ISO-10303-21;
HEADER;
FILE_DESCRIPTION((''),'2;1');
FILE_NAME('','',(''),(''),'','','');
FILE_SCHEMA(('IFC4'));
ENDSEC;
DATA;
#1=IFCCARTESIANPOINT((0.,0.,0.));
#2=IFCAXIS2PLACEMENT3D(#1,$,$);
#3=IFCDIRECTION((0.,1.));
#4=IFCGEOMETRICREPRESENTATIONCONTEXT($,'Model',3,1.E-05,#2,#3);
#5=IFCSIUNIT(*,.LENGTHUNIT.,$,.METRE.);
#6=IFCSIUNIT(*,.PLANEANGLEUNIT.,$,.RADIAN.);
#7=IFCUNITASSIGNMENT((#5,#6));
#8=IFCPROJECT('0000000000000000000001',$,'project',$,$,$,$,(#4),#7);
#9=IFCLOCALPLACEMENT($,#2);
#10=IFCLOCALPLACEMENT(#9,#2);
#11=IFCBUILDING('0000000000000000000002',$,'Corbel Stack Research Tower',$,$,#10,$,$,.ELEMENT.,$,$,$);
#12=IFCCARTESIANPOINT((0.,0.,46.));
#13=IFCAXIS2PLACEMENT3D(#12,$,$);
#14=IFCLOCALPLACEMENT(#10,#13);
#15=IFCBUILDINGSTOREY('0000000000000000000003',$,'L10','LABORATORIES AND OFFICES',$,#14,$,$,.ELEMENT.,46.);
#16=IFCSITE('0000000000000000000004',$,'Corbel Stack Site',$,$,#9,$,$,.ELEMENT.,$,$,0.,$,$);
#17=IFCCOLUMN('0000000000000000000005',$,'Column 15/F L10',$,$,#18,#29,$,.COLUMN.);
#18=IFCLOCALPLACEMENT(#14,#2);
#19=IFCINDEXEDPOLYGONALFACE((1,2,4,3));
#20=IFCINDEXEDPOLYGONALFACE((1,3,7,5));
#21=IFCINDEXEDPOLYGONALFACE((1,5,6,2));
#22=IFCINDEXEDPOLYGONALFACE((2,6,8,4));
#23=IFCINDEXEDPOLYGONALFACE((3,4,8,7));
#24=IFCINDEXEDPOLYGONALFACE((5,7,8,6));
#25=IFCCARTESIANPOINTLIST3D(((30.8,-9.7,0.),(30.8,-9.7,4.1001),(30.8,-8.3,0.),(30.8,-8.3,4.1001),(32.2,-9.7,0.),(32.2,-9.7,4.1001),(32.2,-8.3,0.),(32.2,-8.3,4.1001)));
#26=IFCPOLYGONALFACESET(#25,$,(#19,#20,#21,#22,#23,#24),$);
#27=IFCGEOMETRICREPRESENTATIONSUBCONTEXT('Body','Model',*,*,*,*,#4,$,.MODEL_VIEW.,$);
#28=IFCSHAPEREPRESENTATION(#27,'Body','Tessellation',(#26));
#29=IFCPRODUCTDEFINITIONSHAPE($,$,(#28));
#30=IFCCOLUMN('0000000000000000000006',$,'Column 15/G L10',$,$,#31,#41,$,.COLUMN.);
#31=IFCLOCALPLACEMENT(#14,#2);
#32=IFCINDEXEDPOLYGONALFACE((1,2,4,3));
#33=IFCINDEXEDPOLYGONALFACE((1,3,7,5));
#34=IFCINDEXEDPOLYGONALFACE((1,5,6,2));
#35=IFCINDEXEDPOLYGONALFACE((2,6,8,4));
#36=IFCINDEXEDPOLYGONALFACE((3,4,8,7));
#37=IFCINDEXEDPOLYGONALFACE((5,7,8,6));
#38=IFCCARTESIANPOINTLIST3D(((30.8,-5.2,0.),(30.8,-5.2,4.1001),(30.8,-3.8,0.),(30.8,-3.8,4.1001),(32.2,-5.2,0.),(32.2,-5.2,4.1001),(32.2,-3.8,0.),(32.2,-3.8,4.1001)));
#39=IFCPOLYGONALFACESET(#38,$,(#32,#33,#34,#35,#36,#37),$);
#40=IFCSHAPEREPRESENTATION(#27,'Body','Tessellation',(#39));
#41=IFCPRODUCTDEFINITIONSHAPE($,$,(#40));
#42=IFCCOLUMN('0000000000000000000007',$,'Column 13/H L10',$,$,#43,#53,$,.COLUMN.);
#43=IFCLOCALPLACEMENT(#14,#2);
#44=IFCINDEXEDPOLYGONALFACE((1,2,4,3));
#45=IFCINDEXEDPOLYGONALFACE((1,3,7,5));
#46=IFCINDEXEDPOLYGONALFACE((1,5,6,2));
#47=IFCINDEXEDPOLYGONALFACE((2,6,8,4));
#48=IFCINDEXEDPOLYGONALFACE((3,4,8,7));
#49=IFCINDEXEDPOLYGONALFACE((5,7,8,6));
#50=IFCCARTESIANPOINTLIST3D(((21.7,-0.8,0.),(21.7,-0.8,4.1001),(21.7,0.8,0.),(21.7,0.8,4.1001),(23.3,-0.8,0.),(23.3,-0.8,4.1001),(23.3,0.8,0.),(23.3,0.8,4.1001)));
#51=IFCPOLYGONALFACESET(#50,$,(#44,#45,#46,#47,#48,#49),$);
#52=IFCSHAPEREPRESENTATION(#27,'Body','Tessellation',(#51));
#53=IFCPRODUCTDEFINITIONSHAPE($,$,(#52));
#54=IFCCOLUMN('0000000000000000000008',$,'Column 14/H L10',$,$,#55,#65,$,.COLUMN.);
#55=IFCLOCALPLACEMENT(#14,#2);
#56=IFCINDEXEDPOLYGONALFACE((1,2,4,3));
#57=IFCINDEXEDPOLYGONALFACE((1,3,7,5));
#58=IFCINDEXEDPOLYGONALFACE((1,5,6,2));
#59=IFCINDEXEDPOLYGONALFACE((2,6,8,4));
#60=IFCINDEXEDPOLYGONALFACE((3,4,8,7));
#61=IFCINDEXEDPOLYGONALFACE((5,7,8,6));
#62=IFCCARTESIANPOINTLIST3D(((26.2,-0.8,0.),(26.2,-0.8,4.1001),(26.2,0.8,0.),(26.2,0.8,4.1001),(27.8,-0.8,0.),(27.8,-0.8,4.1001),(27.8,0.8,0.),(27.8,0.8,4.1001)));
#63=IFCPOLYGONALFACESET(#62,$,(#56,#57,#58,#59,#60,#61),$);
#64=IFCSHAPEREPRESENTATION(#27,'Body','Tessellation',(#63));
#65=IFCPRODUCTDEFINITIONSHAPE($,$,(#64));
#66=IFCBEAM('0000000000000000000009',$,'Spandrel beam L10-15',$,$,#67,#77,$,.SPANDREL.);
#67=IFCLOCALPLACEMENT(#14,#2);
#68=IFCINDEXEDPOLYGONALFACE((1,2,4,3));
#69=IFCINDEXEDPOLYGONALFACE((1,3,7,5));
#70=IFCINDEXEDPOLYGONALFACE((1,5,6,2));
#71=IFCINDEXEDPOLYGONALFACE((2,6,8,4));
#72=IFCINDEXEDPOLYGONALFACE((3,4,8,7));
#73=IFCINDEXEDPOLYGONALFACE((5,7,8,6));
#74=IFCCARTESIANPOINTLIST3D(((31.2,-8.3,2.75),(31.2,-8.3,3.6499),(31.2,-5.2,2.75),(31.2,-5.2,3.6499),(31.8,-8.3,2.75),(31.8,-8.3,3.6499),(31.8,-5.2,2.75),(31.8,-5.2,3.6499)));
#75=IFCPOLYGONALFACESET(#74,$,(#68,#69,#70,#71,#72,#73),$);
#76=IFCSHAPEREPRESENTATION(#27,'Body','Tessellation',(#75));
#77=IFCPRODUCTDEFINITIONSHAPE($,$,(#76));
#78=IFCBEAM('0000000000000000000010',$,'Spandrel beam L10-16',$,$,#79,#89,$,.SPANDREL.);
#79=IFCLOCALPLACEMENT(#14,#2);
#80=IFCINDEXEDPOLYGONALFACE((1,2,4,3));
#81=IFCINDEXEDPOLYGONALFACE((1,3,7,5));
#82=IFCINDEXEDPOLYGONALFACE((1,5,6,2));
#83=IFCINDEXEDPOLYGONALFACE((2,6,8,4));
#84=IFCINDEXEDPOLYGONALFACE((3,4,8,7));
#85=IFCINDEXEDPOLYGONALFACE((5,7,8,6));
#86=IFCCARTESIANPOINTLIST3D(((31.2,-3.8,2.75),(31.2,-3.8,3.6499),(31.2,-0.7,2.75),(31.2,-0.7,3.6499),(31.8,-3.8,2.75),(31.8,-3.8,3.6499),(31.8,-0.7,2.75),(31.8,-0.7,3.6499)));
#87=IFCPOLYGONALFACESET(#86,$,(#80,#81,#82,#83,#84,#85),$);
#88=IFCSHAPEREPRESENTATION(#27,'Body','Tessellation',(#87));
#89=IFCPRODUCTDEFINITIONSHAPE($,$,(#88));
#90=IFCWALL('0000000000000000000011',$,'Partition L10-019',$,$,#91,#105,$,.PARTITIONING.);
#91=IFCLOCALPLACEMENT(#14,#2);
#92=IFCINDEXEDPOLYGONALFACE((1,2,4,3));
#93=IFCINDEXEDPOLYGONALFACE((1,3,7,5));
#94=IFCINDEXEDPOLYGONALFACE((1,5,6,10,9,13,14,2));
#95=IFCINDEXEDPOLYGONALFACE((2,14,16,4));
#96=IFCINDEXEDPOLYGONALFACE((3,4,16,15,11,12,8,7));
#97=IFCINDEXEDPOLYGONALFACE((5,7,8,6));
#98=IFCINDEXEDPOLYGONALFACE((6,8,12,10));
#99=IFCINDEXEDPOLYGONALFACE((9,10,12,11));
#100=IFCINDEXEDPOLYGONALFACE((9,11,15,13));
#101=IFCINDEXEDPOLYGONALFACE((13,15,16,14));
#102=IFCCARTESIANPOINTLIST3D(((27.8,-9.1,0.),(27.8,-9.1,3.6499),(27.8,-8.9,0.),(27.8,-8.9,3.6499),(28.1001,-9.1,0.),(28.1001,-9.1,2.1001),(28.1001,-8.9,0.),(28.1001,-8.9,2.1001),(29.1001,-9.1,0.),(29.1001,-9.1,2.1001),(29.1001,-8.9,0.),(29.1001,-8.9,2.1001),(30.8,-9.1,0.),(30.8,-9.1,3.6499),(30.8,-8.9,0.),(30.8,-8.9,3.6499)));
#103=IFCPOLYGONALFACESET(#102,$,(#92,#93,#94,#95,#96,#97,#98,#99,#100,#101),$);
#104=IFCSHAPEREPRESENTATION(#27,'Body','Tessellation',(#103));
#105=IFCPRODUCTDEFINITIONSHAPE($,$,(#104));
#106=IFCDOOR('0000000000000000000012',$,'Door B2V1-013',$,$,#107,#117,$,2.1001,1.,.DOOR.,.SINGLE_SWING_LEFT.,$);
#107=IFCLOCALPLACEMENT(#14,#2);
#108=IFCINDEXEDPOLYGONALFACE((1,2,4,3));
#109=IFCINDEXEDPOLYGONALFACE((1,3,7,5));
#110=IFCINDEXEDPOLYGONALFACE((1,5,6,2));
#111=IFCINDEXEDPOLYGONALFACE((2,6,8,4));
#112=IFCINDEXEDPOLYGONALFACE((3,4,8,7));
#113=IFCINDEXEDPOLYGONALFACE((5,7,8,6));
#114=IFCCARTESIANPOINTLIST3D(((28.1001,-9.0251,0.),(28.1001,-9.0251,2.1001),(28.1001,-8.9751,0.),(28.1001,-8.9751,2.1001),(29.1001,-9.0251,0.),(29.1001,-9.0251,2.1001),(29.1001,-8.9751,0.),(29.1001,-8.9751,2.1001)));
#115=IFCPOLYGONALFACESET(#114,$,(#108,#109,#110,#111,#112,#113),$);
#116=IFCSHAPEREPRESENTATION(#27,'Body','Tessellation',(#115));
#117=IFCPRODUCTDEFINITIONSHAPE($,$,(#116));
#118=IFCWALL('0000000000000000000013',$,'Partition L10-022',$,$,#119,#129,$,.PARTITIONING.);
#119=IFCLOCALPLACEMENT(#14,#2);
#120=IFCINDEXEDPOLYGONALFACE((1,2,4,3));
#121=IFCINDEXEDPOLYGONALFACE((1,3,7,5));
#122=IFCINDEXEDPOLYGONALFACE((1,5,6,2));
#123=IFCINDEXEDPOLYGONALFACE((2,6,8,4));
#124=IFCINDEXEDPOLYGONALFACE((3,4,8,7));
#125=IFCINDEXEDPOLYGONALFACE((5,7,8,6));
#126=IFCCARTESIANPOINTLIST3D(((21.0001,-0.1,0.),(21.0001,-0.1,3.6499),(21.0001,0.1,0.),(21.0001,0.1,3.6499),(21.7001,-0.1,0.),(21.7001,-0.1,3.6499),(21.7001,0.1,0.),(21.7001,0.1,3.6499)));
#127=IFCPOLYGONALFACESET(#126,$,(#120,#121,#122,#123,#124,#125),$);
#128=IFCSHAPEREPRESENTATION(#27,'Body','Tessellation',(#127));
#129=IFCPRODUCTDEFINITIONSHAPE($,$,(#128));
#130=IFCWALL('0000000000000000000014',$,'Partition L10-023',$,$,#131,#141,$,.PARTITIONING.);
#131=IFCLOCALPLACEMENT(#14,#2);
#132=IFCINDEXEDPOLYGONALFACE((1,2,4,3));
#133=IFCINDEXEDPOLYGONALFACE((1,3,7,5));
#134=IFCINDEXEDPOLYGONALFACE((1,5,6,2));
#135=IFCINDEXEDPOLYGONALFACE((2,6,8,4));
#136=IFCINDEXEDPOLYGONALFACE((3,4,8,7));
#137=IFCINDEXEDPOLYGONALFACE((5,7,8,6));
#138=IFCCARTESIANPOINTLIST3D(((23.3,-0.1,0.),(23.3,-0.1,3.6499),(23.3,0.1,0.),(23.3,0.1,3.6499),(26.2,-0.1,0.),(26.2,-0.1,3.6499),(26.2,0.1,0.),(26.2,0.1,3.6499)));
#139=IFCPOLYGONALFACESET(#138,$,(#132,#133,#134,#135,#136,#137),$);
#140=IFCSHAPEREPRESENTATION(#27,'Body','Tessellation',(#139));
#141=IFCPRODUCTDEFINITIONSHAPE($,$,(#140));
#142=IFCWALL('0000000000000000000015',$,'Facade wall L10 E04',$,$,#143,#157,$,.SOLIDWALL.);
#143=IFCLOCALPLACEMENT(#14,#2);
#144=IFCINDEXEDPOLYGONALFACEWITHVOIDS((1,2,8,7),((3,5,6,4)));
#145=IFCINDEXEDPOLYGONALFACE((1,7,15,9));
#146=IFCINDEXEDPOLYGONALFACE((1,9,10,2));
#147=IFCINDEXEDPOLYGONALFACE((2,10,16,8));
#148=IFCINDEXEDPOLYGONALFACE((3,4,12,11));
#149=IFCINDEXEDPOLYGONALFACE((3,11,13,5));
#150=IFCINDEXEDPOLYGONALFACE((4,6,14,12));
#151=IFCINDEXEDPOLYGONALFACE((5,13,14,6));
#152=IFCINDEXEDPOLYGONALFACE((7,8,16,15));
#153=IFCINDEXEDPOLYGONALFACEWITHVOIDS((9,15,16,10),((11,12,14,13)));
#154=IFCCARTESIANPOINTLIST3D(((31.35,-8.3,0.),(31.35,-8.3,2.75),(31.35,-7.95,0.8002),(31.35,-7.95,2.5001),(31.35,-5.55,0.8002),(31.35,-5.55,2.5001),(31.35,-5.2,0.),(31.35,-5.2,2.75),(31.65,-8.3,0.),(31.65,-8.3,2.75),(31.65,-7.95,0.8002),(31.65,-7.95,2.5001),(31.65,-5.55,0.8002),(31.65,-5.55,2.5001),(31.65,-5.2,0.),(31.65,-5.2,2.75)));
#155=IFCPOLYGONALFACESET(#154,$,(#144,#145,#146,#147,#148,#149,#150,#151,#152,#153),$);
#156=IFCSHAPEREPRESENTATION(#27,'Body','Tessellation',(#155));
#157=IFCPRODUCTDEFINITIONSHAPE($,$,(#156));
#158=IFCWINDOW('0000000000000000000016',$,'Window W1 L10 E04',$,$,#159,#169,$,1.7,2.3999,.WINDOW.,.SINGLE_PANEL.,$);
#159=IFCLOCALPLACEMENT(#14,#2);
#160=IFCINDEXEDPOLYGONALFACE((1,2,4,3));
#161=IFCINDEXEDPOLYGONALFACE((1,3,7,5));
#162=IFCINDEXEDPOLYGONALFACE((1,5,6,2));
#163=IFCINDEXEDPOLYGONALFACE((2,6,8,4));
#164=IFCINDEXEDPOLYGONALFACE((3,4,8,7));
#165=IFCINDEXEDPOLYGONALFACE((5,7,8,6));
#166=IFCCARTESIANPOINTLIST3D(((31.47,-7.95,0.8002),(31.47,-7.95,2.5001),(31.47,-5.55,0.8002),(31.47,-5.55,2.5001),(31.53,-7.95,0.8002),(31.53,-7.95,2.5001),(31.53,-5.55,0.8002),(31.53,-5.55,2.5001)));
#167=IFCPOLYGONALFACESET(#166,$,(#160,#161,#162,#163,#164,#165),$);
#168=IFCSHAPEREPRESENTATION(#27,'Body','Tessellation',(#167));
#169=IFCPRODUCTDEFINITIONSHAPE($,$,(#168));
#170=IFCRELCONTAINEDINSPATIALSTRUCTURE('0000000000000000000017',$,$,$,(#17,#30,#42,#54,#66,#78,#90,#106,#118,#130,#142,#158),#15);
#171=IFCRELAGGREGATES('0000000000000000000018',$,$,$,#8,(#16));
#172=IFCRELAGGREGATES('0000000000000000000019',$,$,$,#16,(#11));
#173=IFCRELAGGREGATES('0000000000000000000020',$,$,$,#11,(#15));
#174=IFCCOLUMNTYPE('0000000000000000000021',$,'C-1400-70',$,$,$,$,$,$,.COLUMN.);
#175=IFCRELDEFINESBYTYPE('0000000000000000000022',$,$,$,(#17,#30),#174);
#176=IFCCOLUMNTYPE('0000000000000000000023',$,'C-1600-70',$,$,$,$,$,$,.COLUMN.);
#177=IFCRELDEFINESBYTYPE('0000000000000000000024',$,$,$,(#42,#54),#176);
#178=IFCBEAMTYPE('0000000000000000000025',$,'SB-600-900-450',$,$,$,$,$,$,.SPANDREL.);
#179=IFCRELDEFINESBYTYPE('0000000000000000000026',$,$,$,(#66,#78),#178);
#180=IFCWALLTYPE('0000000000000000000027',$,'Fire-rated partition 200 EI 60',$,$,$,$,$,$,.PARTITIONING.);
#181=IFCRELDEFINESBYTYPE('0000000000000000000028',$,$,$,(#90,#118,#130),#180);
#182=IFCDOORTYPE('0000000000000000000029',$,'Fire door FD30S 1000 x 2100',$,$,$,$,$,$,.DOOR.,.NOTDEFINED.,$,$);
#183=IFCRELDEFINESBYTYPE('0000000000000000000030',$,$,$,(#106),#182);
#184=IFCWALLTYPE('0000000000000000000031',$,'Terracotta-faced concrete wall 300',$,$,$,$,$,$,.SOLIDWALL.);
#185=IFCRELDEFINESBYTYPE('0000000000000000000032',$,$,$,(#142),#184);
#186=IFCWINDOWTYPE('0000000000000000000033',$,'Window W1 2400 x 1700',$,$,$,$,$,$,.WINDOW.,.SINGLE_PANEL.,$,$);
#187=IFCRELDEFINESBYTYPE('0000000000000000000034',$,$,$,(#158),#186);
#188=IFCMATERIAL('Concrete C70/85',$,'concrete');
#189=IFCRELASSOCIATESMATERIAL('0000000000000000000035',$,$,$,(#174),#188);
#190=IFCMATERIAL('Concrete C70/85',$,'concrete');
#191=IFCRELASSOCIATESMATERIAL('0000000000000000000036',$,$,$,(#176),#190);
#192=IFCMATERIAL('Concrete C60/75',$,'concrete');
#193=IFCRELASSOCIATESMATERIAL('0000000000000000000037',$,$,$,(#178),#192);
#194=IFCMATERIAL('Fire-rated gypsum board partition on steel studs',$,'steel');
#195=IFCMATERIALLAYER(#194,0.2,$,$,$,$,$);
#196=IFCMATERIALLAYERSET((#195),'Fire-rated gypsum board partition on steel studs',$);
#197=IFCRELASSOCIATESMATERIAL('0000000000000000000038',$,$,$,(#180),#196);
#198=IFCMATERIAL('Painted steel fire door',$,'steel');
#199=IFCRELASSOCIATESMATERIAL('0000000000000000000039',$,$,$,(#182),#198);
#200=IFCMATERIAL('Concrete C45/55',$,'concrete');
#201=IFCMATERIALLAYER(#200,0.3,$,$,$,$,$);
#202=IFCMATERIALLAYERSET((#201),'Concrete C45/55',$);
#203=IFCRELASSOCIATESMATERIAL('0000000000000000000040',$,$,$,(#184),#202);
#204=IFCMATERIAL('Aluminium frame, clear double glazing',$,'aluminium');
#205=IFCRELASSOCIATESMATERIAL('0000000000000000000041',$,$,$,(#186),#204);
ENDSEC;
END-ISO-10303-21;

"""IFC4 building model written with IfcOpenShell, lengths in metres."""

from ifc_helpers import new_model, si_unit, direction, frame, frame_2d, origin, origin_2d, place, context, subcontext, project, spatial, rectangle, extrude, material, layer, layer_set, material_profile, profile_set, type_object, element, fill, save


model = new_model("IFC4")

# Units and contexts
model_context = context("Model", 3, precision=1e-05, world=origin(), true_north=direction((0.0, 1.0)))
body_context = subcontext(model_context, "Body", "Model", "MODEL_VIEW")
ifc_project = project(units=[si_unit("LENGTHUNIT", "METRE"), si_unit("PLANEANGLEUNIT", "RADIAN")], contexts=[model_context])

# Site, building, storey
site_placement = place(None, origin())
site = spatial("IfcSite", under=ifc_project, at=site_placement, Name="Corbel Stack Site", CompositionType="ELEMENT", RefElevation=0.0)
building_placement = place(site_placement, origin())
building = spatial("IfcBuilding", under=site, at=building_placement, Name="Corbel Stack Research Tower", CompositionType="ELEMENT")
storey_placement = place(building_placement, frame((0.0, 0.0, 46.0)))
storey = spatial("IfcBuildingStorey", under=building, at=storey_placement, Name="L10", Description="LABORATORIES AND OFFICES", CompositionType="ELEMENT", Elevation=46.0)

# Columns
ifc_material_1 = material(Name="Concrete C70/85", Category="concrete")
ifc_material_profile_1 = material_profile(ifc_material_1, rectangle(XDim=1.3999, YDim=1.3999, at=origin_2d()), Name="RC 1400 x 1400")
ifc_profile_set_1 = profile_set([ifc_material_profile_1], Name="Concrete C70/85")
column_type_1 = type_object("IfcColumnType", Name="C-1400-70", PredefinedType="COLUMN", material=ifc_profile_set_1)
for number, where, z_axis, x_axis, name in (
    (1, (31.5, -9.0, 0.0), (0.0, 0.0, 1.0), (1.0, 0.0, 0.0), "Column 15/F L10"),
    (2, (31.5, -4.5, 0.0), (0.0, 0.0, 1.0), (1.0, 0.0, 0.0), "Column 15/G L10"),
):
    element("IfcColumn", number, at=place(storey_placement, frame(where, z_axis=z_axis, x_axis=x_axis)), inside=storey, type_object=column_type_1, Name=name, PredefinedType="COLUMN", context=body_context, shape_type="SweptSolid", body=[
        extrude(rectangle(XDim=1.3999, YDim=1.3999, at=origin_2d()), origin(), (0.0, 0.0, 1.0), 4.1001),
    ])
ifc_material_2 = material(Name="Concrete C70/85", Category="concrete")
ifc_material_profile_2 = material_profile(ifc_material_2, rectangle(XDim=1.6001, YDim=1.6001, at=origin_2d()), Name="RC 1600 x 1600")
ifc_profile_set_2 = profile_set([ifc_material_profile_2], Name="Concrete C70/85")
column_type_2 = type_object("IfcColumnType", Name="C-1600-70", PredefinedType="COLUMN", material=ifc_profile_set_2)
for number, where, z_axis, x_axis, name in (
    (3, (22.5, 0.0, 0.0), (0.0, 0.0, 1.0), (1.0, 0.0, 0.0), "Column 13/H L10"),
    (4, (27.0, 0.0, 0.0), (0.0, 0.0, 1.0), (1.0, 0.0, 0.0), "Column 14/H L10"),
):
    element("IfcColumn", number, at=place(storey_placement, frame(where, z_axis=z_axis, x_axis=x_axis)), inside=storey, type_object=column_type_2, Name=name, PredefinedType="COLUMN", context=body_context, shape_type="SweptSolid", body=[
        extrude(rectangle(XDim=1.6001, YDim=1.6001, at=origin_2d()), origin(), (0.0, 0.0, 1.0), 4.1001),
    ])

# Beams
ifc_material_3 = material(Name="Concrete C60/75", Category="concrete")
ifc_material_profile_3 = material_profile(ifc_material_3, rectangle(XDim=0.6001, YDim=0.8999, at=origin_2d()), Name="RC 600 x 900")
ifc_profile_set_3 = profile_set([ifc_material_profile_3], Name="Concrete C60/75")
beam_type = type_object("IfcBeamType", Name="SB-600-900-450", PredefinedType="SPANDREL", material=ifc_profile_set_3)
for number, where, z_axis, x_axis, name in (
    (5, (31.5, -8.3, 3.2), (0.0, 1.0, 0.0), (-1.0, 0.0, 0.0), "Spandrel beam L10-15"),
    (6, (31.5, -3.8, 3.2), (0.0, 1.0, 0.0), (-1.0, 0.0, 0.0), "Spandrel beam L10-16"),
):
    element("IfcBeam", number, at=place(storey_placement, frame(where, z_axis=z_axis, x_axis=x_axis)), inside=storey, type_object=beam_type, Name=name, PredefinedType="SPANDREL", context=body_context, shape_type="SweptSolid", body=[
        extrude(rectangle(XDim=0.6001, YDim=0.8999, at=origin_2d()), origin(), (0.0, 0.0, 1.0), 3.1001),
    ])

# Wall, opening, door
ifc_material_4 = material(Name="Fire-rated gypsum board partition on steel studs", Category="steel")
ifc_layer_1 = layer(ifc_material_4, 0.2)
ifc_layer_set_1 = layer_set([ifc_layer_1], Name="Fire-rated gypsum board partition on steel studs")
wall_type_1 = type_object("IfcWallType", Name="Fire-rated partition 200 EI 60", PredefinedType="PARTITIONING", material=ifc_layer_set_1)
wall_1_placement = place(storey_placement, frame((27.8, -9.0, 0.0), z_axis=(0.0, 0.0, 1.0), x_axis=(1.0, 0.0, 0.0)))
wall_1 = element("IfcWall", 7, at=wall_1_placement, inside=storey, type_object=wall_type_1, Name="Partition L10-019", PredefinedType="PARTITIONING", context=body_context, shape_type="SweptSolid", body=[
    extrude(rectangle(XDim=3.0, YDim=0.2, at=frame_2d((1.5, 0.0))), origin(), (0.0, 0.0, 1.0), 3.6499),
])
opening_1_placement = place(wall_1_placement, frame((0.3, 0.0, 0.0)))
opening_1 = element("IfcOpeningElement", 8, at=opening_1_placement, cuts=wall_1, PredefinedType="OPENING", context=body_context, shape_type="SweptSolid", body=[
    extrude(rectangle(XDim=1.0, YDim=2.1001, at=frame_2d((0.5, 1.05))), frame((0.0, 0.1099, 0.0), z_axis=(0.0, -1.0, 0.0), x_axis=(1.0, 0.0, 0.0)), (0.0, 0.0, 1.0), 0.22),
])
ifc_material_5 = material(Name="Painted steel fire door", Category="steel")
door_type = type_object("IfcDoorType", Name="Fire door FD30S 1000 x 2100", OperationType="NOTDEFINED", PredefinedType="DOOR", material=ifc_material_5)
door_placement = place(opening_1_placement, origin())
door = element("IfcDoor", 9, at=door_placement, inside=storey, type_object=door_type, Name="Door B2V1-013", OperationType="SINGLE_SWING_LEFT", OverallHeight=2.1001, OverallWidth=1.0, PredefinedType="DOOR", context=body_context, shape_type="SweptSolid", body=[
    extrude(rectangle(XDim=1.0, YDim=2.1001, at=frame_2d((0.5, 1.05))), frame((0.0, 0.0249, 0.0), z_axis=(0.0, -1.0, 0.0), x_axis=(1.0, 0.0, 0.0)), (0.0, 0.0, 1.0), 0.05),
])
fill(opening_1, door)

# Walls
wall_2_placement = place(storey_placement, frame((21.0, 0.0, 0.0), z_axis=(0.0, 0.0, 1.0), x_axis=(1.0, 0.0, 0.0)))
element("IfcWall", 10, at=wall_2_placement, inside=storey, type_object=wall_type_1, Name="Partition L10-022", PredefinedType="PARTITIONING", context=body_context, shape_type="SweptSolid", body=[
    extrude(rectangle(XDim=0.7, YDim=0.2, at=frame_2d((0.3501, 0.0))), origin(), (0.0, 0.0, 1.0), 3.6499),
])
wall_3_placement = place(storey_placement, frame((23.3, 0.0, 0.0), z_axis=(0.0, 0.0, 1.0), x_axis=(1.0, 0.0, 0.0)))
element("IfcWall", 11, at=wall_3_placement, inside=storey, type_object=wall_type_1, Name="Partition L10-023", PredefinedType="PARTITIONING", context=body_context, shape_type="SweptSolid", body=[
    extrude(rectangle(XDim=2.8999, YDim=0.2, at=frame_2d((1.45, 0.0))), origin(), (0.0, 0.0, 1.0), 3.6499),
])

# Wall, opening, window
ifc_material_6 = material(Name="Concrete C45/55", Category="concrete")
ifc_layer_2 = layer(ifc_material_6, 0.3)
ifc_layer_set_2 = layer_set([ifc_layer_2], Name="Concrete C45/55")
wall_type_2 = type_object("IfcWallType", Name="Terracotta-faced concrete wall 300", PredefinedType="SOLIDWALL", material=ifc_layer_set_2)
wall_4_placement = place(storey_placement, frame((31.5, -5.2, 0.0), z_axis=(0.0, 0.0, 1.0), x_axis=(0.0, -1.0, 0.0)))
wall_4 = element("IfcWall", 12, at=wall_4_placement, inside=storey, type_object=wall_type_2, Name="Facade wall L10 E04", PredefinedType="SOLIDWALL", context=body_context, shape_type="SweptSolid", body=[
    extrude(rectangle(XDim=3.1001, YDim=0.3, at=frame_2d((1.55, 0.0))), origin(), (0.0, 0.0, 1.0), 2.75),
])
opening_2_placement = place(wall_4_placement, frame((0.3501, 0.0, 0.8)))
opening_2 = element("IfcOpeningElement", 13, at=opening_2_placement, cuts=wall_4, PredefinedType="OPENING", context=body_context, shape_type="SweptSolid", body=[
    extrude(rectangle(XDim=2.3999, YDim=1.7, at=frame_2d((1.2, 0.8501))), frame((0.0, 0.1599, 0.0), z_axis=(0.0, -1.0, 0.0), x_axis=(1.0, 0.0, 0.0)), (0.0, 0.0, 1.0), 0.3201),
])
ifc_material_7 = material(Name="Aluminium frame, clear double glazing", Category="aluminium")
window_type = type_object("IfcWindowType", Name="Window W1 2400 x 1700", PartitioningType="SINGLE_PANEL", PredefinedType="WINDOW", material=ifc_material_7)
window_1_placement = place(opening_2_placement, origin())
window_1 = element("IfcWindow", 14, at=window_1_placement, inside=storey, type_object=window_type, Name="Window W1 L10 E04", OverallHeight=1.7, OverallWidth=2.3999, PartitioningType="SINGLE_PANEL", PredefinedType="WINDOW", context=body_context, shape_type="SweptSolid", body=[
    extrude(rectangle(XDim=2.3999, YDim=1.7, at=frame_2d((1.2, 0.8501))), frame((0.0, 0.03, 0.0), z_axis=(0.0, -1.0, 0.0), x_axis=(1.0, 0.0, 0.0)), (0.0, 0.0, 1.0), 0.0601),
])
fill(opening_2, window_1)

save(model, "model.ifc")
